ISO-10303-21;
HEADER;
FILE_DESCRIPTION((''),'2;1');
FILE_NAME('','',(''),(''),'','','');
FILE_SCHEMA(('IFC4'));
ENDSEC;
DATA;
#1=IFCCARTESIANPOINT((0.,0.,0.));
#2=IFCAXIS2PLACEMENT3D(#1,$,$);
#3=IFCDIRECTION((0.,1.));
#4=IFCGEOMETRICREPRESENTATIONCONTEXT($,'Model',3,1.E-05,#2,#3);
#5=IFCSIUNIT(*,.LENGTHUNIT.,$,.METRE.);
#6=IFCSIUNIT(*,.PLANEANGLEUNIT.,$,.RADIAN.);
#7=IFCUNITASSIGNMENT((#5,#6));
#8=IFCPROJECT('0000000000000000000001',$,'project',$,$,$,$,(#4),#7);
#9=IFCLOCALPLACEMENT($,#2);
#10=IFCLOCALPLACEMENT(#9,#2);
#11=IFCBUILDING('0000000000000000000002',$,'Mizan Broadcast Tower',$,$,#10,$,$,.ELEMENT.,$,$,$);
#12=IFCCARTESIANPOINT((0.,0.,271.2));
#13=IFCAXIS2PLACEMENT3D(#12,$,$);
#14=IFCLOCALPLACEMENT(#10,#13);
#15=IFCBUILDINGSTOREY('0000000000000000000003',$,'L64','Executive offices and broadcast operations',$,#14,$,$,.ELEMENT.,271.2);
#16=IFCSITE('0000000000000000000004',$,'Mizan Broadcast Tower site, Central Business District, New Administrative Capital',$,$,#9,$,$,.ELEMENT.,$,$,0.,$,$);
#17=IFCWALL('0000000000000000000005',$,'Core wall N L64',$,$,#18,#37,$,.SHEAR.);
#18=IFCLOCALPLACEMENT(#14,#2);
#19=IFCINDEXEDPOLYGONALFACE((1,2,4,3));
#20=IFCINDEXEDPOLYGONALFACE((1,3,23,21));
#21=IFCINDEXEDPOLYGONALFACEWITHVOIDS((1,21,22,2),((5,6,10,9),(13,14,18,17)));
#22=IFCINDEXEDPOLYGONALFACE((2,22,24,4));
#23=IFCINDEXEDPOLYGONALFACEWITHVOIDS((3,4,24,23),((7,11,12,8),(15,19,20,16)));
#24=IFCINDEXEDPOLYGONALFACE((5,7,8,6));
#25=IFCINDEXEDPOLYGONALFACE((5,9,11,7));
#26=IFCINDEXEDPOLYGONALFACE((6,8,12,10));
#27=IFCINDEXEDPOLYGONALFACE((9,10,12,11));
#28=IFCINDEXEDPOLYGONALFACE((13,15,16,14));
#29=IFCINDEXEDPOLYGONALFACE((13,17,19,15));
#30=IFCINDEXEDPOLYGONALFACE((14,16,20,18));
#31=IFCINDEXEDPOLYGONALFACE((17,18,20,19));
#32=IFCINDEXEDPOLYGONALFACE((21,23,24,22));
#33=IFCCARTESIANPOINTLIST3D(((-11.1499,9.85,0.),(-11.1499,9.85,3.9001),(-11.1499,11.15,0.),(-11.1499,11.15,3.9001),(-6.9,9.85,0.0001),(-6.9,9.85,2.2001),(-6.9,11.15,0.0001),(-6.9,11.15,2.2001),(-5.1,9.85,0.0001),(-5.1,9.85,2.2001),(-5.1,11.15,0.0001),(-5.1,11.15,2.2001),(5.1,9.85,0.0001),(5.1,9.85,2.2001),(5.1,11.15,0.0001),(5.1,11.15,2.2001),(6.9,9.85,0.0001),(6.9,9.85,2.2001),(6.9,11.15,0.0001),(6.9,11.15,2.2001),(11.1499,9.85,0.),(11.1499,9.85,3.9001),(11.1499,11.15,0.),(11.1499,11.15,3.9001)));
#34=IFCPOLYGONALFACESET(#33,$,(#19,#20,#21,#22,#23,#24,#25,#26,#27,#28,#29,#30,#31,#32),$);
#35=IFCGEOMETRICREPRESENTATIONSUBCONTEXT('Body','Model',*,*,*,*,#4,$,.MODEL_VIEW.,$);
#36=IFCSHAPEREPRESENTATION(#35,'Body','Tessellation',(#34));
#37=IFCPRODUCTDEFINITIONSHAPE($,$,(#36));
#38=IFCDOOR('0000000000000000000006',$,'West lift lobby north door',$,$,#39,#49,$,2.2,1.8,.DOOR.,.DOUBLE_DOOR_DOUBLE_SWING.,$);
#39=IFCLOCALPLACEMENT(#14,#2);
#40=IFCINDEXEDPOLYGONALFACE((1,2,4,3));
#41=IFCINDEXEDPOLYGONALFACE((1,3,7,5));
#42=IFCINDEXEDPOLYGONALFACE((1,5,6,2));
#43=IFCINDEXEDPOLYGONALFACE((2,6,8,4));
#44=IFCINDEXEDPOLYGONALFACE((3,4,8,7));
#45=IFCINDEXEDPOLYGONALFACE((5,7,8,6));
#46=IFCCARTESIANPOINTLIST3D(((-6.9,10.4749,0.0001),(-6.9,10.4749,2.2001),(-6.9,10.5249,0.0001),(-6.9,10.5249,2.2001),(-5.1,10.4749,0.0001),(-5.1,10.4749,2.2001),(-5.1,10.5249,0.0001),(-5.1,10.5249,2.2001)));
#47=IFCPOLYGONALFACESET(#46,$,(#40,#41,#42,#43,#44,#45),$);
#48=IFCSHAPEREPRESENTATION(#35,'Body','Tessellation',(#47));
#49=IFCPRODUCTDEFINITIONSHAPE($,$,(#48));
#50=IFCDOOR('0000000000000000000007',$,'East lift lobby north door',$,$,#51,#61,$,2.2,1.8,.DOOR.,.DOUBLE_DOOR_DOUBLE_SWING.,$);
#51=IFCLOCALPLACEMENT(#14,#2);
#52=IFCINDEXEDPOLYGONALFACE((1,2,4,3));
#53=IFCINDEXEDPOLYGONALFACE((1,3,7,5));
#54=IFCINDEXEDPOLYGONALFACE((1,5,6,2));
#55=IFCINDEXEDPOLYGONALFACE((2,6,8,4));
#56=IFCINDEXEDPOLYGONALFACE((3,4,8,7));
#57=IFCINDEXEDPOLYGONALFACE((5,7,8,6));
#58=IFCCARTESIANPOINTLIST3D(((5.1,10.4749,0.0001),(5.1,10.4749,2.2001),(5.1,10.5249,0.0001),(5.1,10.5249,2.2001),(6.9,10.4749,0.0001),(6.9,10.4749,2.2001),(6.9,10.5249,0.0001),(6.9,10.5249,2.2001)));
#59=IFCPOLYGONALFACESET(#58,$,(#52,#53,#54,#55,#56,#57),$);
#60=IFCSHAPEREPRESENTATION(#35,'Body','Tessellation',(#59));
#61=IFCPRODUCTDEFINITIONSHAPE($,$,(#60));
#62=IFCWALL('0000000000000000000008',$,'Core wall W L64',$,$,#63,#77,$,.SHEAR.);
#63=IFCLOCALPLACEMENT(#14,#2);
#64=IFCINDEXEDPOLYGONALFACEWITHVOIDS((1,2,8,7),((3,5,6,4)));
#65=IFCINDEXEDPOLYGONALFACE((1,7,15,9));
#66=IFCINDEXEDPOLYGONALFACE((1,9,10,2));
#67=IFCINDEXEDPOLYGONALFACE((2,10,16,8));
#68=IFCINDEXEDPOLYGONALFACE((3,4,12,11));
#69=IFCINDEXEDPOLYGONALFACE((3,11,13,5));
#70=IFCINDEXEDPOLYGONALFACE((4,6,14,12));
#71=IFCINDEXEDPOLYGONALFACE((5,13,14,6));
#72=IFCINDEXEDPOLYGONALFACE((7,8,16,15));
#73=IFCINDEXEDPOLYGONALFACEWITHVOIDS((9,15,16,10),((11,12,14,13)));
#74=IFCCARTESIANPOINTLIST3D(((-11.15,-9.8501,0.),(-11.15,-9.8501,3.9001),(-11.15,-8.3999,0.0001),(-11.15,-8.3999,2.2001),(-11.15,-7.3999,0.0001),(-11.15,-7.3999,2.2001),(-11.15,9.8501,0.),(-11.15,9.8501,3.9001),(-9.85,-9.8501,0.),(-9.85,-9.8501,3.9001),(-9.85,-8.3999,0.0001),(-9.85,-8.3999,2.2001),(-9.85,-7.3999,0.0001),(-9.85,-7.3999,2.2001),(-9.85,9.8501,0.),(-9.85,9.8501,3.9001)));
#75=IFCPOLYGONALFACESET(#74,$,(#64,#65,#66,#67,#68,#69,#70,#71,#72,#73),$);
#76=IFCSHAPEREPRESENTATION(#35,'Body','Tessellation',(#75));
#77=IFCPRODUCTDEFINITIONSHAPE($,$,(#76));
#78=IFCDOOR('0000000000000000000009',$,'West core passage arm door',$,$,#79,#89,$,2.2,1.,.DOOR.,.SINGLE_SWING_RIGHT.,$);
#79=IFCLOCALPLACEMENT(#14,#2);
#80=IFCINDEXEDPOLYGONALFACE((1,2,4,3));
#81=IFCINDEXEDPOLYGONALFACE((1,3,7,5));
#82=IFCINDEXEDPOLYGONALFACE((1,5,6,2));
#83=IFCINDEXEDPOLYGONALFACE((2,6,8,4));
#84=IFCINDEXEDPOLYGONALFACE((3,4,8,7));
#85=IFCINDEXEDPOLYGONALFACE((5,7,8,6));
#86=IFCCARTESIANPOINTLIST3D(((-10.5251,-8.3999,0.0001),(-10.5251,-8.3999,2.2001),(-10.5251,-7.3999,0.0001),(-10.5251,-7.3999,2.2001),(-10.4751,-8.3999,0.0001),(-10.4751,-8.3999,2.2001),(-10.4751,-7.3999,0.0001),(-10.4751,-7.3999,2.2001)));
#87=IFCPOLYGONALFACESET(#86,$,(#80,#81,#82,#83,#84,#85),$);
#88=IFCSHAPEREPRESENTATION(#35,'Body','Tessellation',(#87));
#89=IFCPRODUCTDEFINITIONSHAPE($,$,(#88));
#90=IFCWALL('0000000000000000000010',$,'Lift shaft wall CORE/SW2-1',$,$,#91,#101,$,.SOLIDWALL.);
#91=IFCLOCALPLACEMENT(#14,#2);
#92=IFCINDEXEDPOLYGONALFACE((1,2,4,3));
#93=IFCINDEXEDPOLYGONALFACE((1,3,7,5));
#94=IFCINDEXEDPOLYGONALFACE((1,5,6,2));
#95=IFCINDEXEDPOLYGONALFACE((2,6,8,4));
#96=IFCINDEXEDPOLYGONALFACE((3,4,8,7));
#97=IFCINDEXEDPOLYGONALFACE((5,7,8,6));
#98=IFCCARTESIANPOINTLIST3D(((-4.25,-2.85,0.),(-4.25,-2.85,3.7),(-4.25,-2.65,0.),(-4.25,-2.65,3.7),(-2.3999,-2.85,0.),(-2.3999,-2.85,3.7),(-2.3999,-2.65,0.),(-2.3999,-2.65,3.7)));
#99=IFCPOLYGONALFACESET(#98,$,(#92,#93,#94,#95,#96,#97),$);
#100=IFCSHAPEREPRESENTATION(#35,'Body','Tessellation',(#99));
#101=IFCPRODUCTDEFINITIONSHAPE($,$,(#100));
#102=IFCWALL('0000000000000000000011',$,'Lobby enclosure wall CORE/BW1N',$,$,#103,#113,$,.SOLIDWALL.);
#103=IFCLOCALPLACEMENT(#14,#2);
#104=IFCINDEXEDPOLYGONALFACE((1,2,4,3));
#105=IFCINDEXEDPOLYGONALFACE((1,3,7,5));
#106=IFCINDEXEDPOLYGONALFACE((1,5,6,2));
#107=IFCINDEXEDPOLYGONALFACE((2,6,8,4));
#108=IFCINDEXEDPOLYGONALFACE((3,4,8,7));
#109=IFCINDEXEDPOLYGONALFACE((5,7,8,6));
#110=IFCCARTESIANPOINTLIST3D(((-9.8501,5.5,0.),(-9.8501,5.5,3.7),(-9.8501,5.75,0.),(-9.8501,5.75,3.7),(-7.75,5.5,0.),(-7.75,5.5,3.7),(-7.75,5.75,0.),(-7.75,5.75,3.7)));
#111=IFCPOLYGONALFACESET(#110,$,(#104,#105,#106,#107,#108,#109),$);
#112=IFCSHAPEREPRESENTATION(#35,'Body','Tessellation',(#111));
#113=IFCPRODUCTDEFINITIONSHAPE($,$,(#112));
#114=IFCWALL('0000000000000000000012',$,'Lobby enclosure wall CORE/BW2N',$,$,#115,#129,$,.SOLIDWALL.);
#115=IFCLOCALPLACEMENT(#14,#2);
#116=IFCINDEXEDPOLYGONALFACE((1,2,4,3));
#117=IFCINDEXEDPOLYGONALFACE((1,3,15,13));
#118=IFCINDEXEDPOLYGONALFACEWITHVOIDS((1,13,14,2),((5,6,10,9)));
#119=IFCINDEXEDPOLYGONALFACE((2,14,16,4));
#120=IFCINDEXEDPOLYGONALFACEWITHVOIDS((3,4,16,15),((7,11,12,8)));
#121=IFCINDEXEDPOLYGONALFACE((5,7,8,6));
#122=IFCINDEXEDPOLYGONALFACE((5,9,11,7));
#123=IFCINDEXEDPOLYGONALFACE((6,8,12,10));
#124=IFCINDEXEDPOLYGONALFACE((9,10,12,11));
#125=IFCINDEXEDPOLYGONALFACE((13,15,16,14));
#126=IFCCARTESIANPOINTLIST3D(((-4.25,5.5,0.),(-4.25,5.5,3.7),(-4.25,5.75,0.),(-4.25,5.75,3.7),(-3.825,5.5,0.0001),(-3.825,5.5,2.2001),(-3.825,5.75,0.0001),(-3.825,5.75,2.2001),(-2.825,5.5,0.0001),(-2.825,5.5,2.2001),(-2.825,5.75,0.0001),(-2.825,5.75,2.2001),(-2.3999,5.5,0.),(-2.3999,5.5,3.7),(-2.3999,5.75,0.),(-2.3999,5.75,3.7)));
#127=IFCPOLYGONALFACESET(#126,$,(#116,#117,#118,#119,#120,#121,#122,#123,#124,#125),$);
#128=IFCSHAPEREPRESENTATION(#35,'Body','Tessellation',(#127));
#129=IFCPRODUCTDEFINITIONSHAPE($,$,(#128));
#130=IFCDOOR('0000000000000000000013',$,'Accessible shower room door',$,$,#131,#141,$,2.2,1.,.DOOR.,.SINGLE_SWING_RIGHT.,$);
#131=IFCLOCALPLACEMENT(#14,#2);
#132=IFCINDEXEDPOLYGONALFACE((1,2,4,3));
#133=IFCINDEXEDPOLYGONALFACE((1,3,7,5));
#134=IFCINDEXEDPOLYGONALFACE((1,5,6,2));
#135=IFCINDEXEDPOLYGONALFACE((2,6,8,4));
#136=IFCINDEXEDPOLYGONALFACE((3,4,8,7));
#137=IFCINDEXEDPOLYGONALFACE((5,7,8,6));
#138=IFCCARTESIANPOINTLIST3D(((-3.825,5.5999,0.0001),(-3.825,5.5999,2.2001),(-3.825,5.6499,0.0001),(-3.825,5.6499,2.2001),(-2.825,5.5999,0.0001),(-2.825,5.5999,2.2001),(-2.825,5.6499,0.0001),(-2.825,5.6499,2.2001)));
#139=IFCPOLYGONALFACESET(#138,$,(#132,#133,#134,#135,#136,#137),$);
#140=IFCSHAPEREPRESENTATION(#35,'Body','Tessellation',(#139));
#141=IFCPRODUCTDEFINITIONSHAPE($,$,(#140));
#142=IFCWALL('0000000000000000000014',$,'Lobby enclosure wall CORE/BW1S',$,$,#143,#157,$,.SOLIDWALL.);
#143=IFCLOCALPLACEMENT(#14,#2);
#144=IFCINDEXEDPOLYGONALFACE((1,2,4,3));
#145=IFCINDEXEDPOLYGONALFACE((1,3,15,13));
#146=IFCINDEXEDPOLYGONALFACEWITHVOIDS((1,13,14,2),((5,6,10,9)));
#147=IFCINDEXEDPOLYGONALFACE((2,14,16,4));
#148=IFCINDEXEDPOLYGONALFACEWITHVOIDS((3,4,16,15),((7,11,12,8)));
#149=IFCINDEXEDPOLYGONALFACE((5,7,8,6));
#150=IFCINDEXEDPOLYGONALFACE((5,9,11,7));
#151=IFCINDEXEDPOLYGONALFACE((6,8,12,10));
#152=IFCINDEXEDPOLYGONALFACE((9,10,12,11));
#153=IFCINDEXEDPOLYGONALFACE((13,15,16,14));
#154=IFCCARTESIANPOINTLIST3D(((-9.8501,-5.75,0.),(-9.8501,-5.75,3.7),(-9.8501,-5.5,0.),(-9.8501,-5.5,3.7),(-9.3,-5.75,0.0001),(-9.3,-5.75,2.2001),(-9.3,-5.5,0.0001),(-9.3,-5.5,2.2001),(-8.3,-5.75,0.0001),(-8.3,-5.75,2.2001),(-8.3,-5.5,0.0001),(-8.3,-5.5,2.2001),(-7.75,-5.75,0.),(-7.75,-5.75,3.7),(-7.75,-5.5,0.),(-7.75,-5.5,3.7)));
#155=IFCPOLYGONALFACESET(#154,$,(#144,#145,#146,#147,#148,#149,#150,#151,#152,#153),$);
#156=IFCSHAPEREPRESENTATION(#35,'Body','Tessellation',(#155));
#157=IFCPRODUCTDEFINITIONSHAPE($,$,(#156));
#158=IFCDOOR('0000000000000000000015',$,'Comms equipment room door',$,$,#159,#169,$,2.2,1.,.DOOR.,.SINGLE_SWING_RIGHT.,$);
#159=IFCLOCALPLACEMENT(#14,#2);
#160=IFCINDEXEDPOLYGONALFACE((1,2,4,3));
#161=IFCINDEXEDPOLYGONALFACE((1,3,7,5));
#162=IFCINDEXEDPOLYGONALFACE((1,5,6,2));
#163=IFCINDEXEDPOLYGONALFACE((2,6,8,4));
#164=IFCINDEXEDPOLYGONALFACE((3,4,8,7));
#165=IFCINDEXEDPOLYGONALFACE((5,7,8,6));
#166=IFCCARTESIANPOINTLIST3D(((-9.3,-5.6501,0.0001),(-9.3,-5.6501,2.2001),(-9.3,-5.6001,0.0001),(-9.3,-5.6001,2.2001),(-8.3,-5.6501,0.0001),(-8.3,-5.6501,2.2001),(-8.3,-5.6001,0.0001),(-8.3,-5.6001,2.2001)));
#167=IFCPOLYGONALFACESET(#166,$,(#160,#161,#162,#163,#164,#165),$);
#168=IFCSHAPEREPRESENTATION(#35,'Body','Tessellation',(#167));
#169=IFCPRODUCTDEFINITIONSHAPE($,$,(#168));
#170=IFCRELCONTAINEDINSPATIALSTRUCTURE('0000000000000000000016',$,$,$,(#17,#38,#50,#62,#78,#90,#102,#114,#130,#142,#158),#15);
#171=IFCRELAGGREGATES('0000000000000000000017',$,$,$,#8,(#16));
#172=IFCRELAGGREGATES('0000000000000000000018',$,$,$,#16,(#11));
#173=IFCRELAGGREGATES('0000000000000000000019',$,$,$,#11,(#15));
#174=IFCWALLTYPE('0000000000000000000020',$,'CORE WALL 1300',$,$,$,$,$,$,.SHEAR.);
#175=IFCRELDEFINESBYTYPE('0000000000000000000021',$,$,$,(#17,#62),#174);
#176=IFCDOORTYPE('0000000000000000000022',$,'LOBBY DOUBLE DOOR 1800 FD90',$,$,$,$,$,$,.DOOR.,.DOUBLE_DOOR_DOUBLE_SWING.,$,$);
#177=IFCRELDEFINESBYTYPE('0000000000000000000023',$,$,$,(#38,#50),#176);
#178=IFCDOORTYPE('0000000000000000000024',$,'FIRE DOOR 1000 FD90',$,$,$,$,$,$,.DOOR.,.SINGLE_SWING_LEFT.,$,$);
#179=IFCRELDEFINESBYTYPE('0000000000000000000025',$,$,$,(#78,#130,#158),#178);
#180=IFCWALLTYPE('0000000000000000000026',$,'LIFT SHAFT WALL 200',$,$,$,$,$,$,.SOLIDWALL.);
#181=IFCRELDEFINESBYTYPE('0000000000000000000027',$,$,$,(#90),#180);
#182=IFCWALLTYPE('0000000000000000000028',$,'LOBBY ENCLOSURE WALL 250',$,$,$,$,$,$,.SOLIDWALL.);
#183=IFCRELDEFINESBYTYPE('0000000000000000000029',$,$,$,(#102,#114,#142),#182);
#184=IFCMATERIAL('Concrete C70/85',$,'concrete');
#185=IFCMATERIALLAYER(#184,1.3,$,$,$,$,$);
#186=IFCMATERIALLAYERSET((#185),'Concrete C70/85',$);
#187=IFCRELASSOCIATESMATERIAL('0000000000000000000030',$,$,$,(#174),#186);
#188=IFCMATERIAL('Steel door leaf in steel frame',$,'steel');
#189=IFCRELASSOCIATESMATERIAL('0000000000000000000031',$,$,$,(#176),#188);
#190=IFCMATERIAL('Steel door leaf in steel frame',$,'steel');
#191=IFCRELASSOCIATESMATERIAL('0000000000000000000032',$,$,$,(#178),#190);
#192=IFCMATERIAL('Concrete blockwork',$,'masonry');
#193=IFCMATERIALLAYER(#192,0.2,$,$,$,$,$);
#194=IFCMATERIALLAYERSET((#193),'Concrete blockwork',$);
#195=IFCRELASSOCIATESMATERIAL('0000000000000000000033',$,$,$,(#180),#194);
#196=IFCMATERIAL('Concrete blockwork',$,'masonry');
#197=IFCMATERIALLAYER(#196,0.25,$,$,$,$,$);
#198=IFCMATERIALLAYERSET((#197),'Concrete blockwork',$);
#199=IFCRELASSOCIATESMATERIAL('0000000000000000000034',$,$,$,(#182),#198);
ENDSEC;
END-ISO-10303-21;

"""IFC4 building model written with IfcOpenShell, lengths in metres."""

from ifc_helpers import new_model, si_unit, direction, frame, frame_2d, origin, place, context, subcontext, project, spatial, rectangle, extrude, material, layer, layer_set, type_object, element, fill, save


model = new_model("IFC4")

# Units and contexts
model_context = context("Model", 3, precision=1e-05, world=origin(), true_north=direction((0.0, 1.0)))
body_context = subcontext(model_context, "Body", "Model", "MODEL_VIEW")
ifc_project = project(units=[si_unit("LENGTHUNIT", "METRE"), si_unit("PLANEANGLEUNIT", "RADIAN")], contexts=[model_context])

# Site, building, storey
site_placement = place(None, origin())
site = spatial("IfcSite", under=ifc_project, at=site_placement, Name="Mizan Broadcast Tower site, Central Business District, New Administrative Capital", CompositionType="ELEMENT", RefElevation=0.0)
building_placement = place(site_placement, origin())
building = spatial("IfcBuilding", under=site, at=building_placement, Name="Mizan Broadcast Tower", CompositionType="ELEMENT")
storey_placement = place(building_placement, frame((0.0, 0.0, 271.2)))
storey = spatial("IfcBuildingStorey", under=building, at=storey_placement, Name="L64", Description="Executive offices and broadcast operations", CompositionType="ELEMENT", Elevation=271.2)

# Wall, openings, doors
ifc_material_1 = material(Name="Concrete C70/85", Category="concrete")
ifc_layer_1 = layer(ifc_material_1, 1.3)
ifc_layer_set_1 = layer_set([ifc_layer_1], Name="Concrete C70/85")
wall_type_1 = type_object("IfcWallType", Name="CORE WALL 1300", PredefinedType="SHEAR", material=ifc_layer_set_1)
wall_1_placement = place(storey_placement, frame((-11.1499, 10.5, 0.0), z_axis=(0.0, 0.0, 1.0), x_axis=(1.0, 0.0, 0.0)))
wall_1 = element("IfcWall", 1, at=wall_1_placement, inside=storey, type_object=wall_type_1, Name="Core wall N L64", PredefinedType="SHEAR", context=body_context, shape_type="SweptSolid", body=[
    extrude(rectangle(XDim=22.2998, YDim=1.3, at=frame_2d((11.1499, 0.0))), origin(), (0.0, 0.0, 1.0), 3.9001),
])
opening_1_placement = place(wall_1_placement, frame((4.25, 0.0, 0.0)))
opening_1 = element("IfcOpeningElement", 2, at=opening_1_placement, cuts=wall_1, PredefinedType="OPENING", context=body_context, shape_type="SweptSolid", body=[
    extrude(rectangle(XDim=1.8, YDim=2.2, at=frame_2d((0.8999, 1.1001))), frame((0.0, 0.6599, 0.0), z_axis=(0.0, -1.0, 0.0), x_axis=(1.0, 0.0, 0.0)), (0.0, 0.0, 1.0), 1.3201),
])
opening_2_placement = place(wall_1_placement, frame((16.25, 0.0, 0.0)))
opening_2 = element("IfcOpeningElement", 3, at=opening_2_placement, cuts=wall_1, PredefinedType="OPENING", context=body_context, shape_type="SweptSolid", body=[
    extrude(rectangle(XDim=1.8, YDim=2.2, at=frame_2d((0.8999, 1.1001))), frame((0.0, 0.6599, 0.0), z_axis=(0.0, -1.0, 0.0), x_axis=(1.0, 0.0, 0.0)), (0.0, 0.0, 1.0), 1.3201),
])
ifc_material_2 = material(Name="Steel door leaf in steel frame", Category="steel")
door_type_1 = type_object("IfcDoorType", Name="LOBBY DOUBLE DOOR 1800 FD90", OperationType="DOUBLE_DOOR_DOUBLE_SWING", PredefinedType="DOOR", material=ifc_material_2)
door_1_placement = place(opening_1_placement, origin())
door_1 = element("IfcDoor", 4, at=door_1_placement, inside=storey, type_object=door_type_1, Name="West lift lobby north door", OperationType="DOUBLE_DOOR_DOUBLE_SWING", OverallHeight=2.2, OverallWidth=1.8, PredefinedType="DOOR", context=body_context, shape_type="SweptSolid", body=[
    extrude(rectangle(XDim=1.8, YDim=2.2, at=frame_2d((0.8999, 1.1001))), frame((0.0, 0.0249, 0.0), z_axis=(0.0, -1.0, 0.0), x_axis=(1.0, 0.0, 0.0)), (0.0, 0.0, 1.0), 0.05),
])
fill(opening_1, door_1)
door_2_placement = place(opening_2_placement, origin())
door_2 = element("IfcDoor", 5, at=door_2_placement, inside=storey, type_object=door_type_1, Name="East lift lobby north door", OperationType="DOUBLE_DOOR_DOUBLE_SWING", OverallHeight=2.2, OverallWidth=1.8, PredefinedType="DOOR", context=body_context, shape_type="SweptSolid", body=[
    extrude(rectangle(XDim=1.8, YDim=2.2, at=frame_2d((0.8999, 1.1001))), frame((0.0, 0.0249, 0.0), z_axis=(0.0, -1.0, 0.0), x_axis=(1.0, 0.0, 0.0)), (0.0, 0.0, 1.0), 0.05),
])
fill(opening_2, door_2)

# Wall, opening, door
wall_2_placement = place(storey_placement, frame((-10.5, 9.8501, 0.0), z_axis=(0.0, 0.0, 1.0), x_axis=(0.0, -1.0, 0.0)))
wall_2 = element("IfcWall", 6, at=wall_2_placement, inside=storey, type_object=wall_type_1, Name="Core wall W L64", PredefinedType="SHEAR", context=body_context, shape_type="SweptSolid", body=[
    extrude(rectangle(XDim=19.7002, YDim=1.3, at=frame_2d((9.8501, 0.0))), origin(), (0.0, 0.0, 1.0), 3.9001),
])
opening_3_placement = place(wall_2_placement, frame((17.25, 0.0, 0.0)))
opening_3 = element("IfcOpeningElement", 7, at=opening_3_placement, cuts=wall_2, PredefinedType="OPENING", context=body_context, shape_type="SweptSolid", body=[
    extrude(rectangle(XDim=1.0, YDim=2.2, at=frame_2d((0.5, 1.1001))), frame((0.0, 0.6599, 0.0), z_axis=(0.0, -1.0, 0.0), x_axis=(1.0, 0.0, 0.0)), (0.0, 0.0, 1.0), 1.3201),
])
ifc_material_3 = material(Name="Steel door leaf in steel frame", Category="steel")
door_type_2 = type_object("IfcDoorType", Name="FIRE DOOR 1000 FD90", OperationType="SINGLE_SWING_LEFT", PredefinedType="DOOR", material=ifc_material_3)
door_3_placement = place(opening_3_placement, origin())
door_3 = element("IfcDoor", 8, at=door_3_placement, inside=storey, type_object=door_type_2, Name="West core passage arm door", OperationType="SINGLE_SWING_RIGHT", OverallHeight=2.2, OverallWidth=1.0, PredefinedType="DOOR", context=body_context, shape_type="SweptSolid", body=[
    extrude(rectangle(XDim=1.0, YDim=2.2, at=frame_2d((0.5, 1.1001))), frame((0.0, 0.0249, 0.0), z_axis=(0.0, -1.0, 0.0), x_axis=(1.0, 0.0, 0.0)), (0.0, 0.0, 1.0), 0.05),
])
fill(opening_3, door_3)

# Walls
ifc_material_4 = material(Name="Concrete blockwork", Category="masonry")
ifc_layer_2 = layer(ifc_material_4, 0.2)
ifc_layer_set_2 = layer_set([ifc_layer_2], Name="Concrete blockwork")
wall_type_2 = type_object("IfcWallType", Name="LIFT SHAFT WALL 200", PredefinedType="SOLIDWALL", material=ifc_layer_set_2)
wall_3_placement = place(storey_placement, frame((-4.25, -2.75, 0.0), z_axis=(0.0, 0.0, 1.0), x_axis=(1.0, 0.0, 0.0)))
element("IfcWall", 9, at=wall_3_placement, inside=storey, type_object=wall_type_2, Name="Lift shaft wall CORE/SW2-1", PredefinedType="SOLIDWALL", context=body_context, shape_type="SweptSolid", body=[
    extrude(rectangle(XDim=1.8501, YDim=0.2, at=frame_2d((0.925, 0.0))), origin(), (0.0, 0.0, 1.0), 3.7),
])
ifc_material_5 = material(Name="Concrete blockwork", Category="masonry")
ifc_layer_3 = layer(ifc_material_5, 0.25)
ifc_layer_set_3 = layer_set([ifc_layer_3], Name="Concrete blockwork")
wall_type_3 = type_object("IfcWallType", Name="LOBBY ENCLOSURE WALL 250", PredefinedType="SOLIDWALL", material=ifc_layer_set_3)
wall_4_placement = place(storey_placement, frame((-9.8501, 5.625, 0.0), z_axis=(0.0, 0.0, 1.0), x_axis=(1.0, 0.0, 0.0)))
element("IfcWall", 10, at=wall_4_placement, inside=storey, type_object=wall_type_3, Name="Lobby enclosure wall CORE/BW1N", PredefinedType="SOLIDWALL", context=body_context, shape_type="SweptSolid", body=[
    extrude(rectangle(XDim=2.1001, YDim=0.25, at=frame_2d((1.05, 0.0))), origin(), (0.0, 0.0, 1.0), 3.7),
])

# Walls, openings, doors
wall_5_placement = place(storey_placement, frame((-4.25, 5.625, 0.0), z_axis=(0.0, 0.0, 1.0), x_axis=(1.0, 0.0, 0.0)))
wall_5 = element("IfcWall", 11, at=wall_5_placement, inside=storey, type_object=wall_type_3, Name="Lobby enclosure wall CORE/BW2N", PredefinedType="SOLIDWALL", context=body_context, shape_type="SweptSolid", body=[
    extrude(rectangle(XDim=1.8501, YDim=0.25, at=frame_2d((0.925, 0.0))), origin(), (0.0, 0.0, 1.0), 3.7),
])
opening_4_placement = place(wall_5_placement, frame((0.425, 0.0, 0.0)))
opening_4 = element("IfcOpeningElement", 12, at=opening_4_placement, cuts=wall_5, PredefinedType="OPENING", context=body_context, shape_type="SweptSolid", body=[
    extrude(rectangle(XDim=1.0, YDim=2.2, at=frame_2d((0.5, 1.1001))), frame((0.0, 0.135, 0.0), z_axis=(0.0, -1.0, 0.0), x_axis=(1.0, 0.0, 0.0)), (0.0, 0.0, 1.0), 0.27),
])
door_4_placement = place(opening_4_placement, origin())
door_4 = element("IfcDoor", 13, at=door_4_placement, inside=storey, type_object=door_type_2, Name="Accessible shower room door", OperationType="SINGLE_SWING_RIGHT", OverallHeight=2.2, OverallWidth=1.0, PredefinedType="DOOR", context=body_context, shape_type="SweptSolid", body=[
    extrude(rectangle(XDim=1.0, YDim=2.2, at=frame_2d((0.5, 1.1001))), frame((0.0, 0.0249, 0.0), z_axis=(0.0, -1.0, 0.0), x_axis=(1.0, 0.0, 0.0)), (0.0, 0.0, 1.0), 0.05),
])
fill(opening_4, door_4)
wall_6_placement = place(storey_placement, frame((-9.8501, -5.625, 0.0), z_axis=(0.0, 0.0, 1.0), x_axis=(1.0, 0.0, 0.0)))
wall_6 = element("IfcWall", 14, at=wall_6_placement, inside=storey, type_object=wall_type_3, Name="Lobby enclosure wall CORE/BW1S", PredefinedType="SOLIDWALL", context=body_context, shape_type="SweptSolid", body=[
    extrude(rectangle(XDim=2.1001, YDim=0.25, at=frame_2d((1.05, 0.0))), origin(), (0.0, 0.0, 1.0), 3.7),
])
opening_5_placement = place(wall_6_placement, frame((0.55, 0.0, 0.0)))
opening_5 = element("IfcOpeningElement", 15, at=opening_5_placement, cuts=wall_6, PredefinedType="OPENING", context=body_context, shape_type="SweptSolid", body=[
    extrude(rectangle(XDim=1.0, YDim=2.2, at=frame_2d((0.5, 1.1001))), frame((0.0, 0.135, 0.0), z_axis=(0.0, -1.0, 0.0), x_axis=(1.0, 0.0, 0.0)), (0.0, 0.0, 1.0), 0.27),
])
door_5_placement = place(opening_5_placement, origin())
door_5 = element("IfcDoor", 16, at=door_5_placement, inside=storey, type_object=door_type_2, Name="Comms equipment room door", OperationType="SINGLE_SWING_RIGHT", OverallHeight=2.2, OverallWidth=1.0, PredefinedType="DOOR", context=body_context, shape_type="SweptSolid", body=[
    extrude(rectangle(XDim=1.0, YDim=2.2, at=frame_2d((0.5, 1.1001))), frame((0.0, 0.0249, 0.0), z_axis=(0.0, -1.0, 0.0), x_axis=(1.0, 0.0, 0.0)), (0.0, 0.0, 1.0), 0.05),
])
fill(opening_5, door_5)

save(model, "model.ifc")
